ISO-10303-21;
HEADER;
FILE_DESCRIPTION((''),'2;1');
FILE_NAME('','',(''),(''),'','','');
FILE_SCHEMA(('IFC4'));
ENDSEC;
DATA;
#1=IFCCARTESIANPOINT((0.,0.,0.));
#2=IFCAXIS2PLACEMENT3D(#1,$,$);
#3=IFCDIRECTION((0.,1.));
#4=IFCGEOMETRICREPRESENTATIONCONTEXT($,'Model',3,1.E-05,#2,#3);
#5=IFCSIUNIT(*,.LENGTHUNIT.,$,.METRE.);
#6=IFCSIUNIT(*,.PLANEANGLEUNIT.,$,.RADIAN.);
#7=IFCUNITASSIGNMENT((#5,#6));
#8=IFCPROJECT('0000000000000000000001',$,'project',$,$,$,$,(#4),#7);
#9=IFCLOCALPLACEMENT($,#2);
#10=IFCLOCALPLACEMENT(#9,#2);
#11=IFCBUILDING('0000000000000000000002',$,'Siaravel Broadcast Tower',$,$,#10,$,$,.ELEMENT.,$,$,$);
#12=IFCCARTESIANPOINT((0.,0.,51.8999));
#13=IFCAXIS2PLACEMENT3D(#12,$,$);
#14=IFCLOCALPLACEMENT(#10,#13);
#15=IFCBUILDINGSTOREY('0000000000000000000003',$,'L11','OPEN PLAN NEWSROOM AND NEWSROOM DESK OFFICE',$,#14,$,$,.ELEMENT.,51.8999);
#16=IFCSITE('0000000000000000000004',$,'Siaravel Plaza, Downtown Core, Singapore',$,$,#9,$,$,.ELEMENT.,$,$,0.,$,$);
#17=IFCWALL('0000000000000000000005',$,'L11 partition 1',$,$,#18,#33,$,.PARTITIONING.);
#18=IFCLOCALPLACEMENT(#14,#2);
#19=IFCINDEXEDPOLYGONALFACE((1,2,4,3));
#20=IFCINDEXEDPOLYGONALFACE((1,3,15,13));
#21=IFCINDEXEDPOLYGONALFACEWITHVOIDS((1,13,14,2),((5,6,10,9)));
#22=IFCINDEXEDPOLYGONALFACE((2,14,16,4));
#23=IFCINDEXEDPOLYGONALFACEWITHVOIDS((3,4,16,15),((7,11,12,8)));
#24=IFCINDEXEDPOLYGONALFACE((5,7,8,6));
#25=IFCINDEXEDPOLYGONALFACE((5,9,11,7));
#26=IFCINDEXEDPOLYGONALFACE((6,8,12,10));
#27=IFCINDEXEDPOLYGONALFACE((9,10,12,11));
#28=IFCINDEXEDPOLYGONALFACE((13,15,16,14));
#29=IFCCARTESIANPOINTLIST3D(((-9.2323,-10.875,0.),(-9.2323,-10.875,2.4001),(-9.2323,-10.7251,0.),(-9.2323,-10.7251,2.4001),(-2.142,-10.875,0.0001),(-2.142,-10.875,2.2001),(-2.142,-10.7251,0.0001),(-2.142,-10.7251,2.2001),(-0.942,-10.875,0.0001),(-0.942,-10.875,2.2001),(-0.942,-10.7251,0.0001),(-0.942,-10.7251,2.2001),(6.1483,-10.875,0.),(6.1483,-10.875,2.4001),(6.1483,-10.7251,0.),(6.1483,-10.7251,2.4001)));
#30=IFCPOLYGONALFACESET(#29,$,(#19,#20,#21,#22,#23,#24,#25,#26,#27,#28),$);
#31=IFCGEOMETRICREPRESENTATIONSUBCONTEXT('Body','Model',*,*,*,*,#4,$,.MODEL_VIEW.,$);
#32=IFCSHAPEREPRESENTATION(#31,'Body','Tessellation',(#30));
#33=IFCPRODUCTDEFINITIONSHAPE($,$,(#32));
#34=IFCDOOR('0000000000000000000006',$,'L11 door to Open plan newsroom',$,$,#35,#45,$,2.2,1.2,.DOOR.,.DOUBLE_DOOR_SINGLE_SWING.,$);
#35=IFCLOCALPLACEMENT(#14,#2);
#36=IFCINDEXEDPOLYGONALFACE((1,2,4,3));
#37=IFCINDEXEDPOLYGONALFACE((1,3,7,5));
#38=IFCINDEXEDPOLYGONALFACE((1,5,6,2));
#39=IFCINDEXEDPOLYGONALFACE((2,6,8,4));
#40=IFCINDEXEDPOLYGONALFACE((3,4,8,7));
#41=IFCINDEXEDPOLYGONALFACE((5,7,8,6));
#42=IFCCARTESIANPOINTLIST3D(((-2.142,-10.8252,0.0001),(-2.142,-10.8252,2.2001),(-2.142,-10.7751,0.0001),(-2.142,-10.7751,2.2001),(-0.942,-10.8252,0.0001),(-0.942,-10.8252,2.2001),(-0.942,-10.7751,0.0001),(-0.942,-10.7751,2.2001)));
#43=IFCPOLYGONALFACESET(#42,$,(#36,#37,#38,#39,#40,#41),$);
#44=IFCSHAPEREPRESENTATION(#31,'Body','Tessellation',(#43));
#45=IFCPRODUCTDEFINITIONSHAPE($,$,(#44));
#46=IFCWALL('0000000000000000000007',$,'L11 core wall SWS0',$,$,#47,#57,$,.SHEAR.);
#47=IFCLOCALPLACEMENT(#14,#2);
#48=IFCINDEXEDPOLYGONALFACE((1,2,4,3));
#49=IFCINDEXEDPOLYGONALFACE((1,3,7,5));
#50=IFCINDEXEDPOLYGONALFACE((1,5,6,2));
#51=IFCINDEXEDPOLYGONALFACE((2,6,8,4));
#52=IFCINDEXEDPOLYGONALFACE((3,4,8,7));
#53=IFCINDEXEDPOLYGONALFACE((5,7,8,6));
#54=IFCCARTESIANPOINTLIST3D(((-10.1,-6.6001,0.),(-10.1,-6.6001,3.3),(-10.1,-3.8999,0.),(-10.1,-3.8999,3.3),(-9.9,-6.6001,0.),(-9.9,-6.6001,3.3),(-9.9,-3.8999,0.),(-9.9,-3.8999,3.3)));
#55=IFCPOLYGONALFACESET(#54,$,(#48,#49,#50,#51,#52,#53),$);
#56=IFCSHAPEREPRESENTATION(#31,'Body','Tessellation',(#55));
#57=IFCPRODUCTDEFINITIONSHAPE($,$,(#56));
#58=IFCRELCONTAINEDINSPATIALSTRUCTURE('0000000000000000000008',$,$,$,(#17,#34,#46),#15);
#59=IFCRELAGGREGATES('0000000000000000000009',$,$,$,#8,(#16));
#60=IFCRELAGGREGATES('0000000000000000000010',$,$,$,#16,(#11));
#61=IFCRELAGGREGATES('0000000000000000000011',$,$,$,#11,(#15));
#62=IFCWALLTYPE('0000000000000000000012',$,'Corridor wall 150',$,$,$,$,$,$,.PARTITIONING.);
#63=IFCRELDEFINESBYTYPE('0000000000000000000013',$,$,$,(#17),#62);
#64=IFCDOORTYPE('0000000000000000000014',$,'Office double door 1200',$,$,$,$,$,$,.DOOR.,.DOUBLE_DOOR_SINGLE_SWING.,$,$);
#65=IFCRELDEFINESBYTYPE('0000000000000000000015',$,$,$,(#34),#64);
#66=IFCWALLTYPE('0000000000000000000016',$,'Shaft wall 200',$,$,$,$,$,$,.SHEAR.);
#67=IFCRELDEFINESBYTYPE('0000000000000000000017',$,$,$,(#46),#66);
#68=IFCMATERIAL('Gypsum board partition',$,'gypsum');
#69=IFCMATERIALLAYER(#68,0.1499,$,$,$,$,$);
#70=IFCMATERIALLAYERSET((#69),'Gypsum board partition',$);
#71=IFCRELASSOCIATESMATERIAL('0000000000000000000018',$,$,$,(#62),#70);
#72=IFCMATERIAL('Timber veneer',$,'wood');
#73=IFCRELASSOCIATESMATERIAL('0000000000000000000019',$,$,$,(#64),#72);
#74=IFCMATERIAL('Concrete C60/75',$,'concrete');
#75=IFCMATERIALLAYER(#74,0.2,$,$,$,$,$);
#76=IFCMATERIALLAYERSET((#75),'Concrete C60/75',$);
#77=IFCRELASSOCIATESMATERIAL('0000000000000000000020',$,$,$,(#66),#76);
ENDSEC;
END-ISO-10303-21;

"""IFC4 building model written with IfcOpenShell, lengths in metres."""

from ifc_helpers import new_model, si_unit, direction, frame, frame_2d, origin, place, context, subcontext, project, spatial, rectangle, extrude, material, layer, layer_set, type_object, element, fill, save


model = new_model("IFC4")

# Units and contexts
model_context = context("Model", 3, precision=1e-05, world=origin(), true_north=direction((0.0, 1.0)))
body_context = subcontext(model_context, "Body", "Model", "MODEL_VIEW")
ifc_project = project(units=[si_unit("LENGTHUNIT", "METRE"), si_unit("PLANEANGLEUNIT", "RADIAN")], contexts=[model_context])

# Site, building, storey
site_placement = place(None, origin())
site = spatial("IfcSite", under=ifc_project, at=site_placement, Name="Siaravel Plaza, Downtown Core, Singapore", CompositionType="ELEMENT", RefElevation=0.0)
building_placement = place(site_placement, origin())
building = spatial("IfcBuilding", under=site, at=building_placement, Name="Siaravel Broadcast Tower", CompositionType="ELEMENT")
storey_placement = place(building_placement, frame((0.0, 0.0, 51.8999)))
storey = spatial("IfcBuildingStorey", under=building, at=storey_placement, Name="L11", Description="OPEN PLAN NEWSROOM AND NEWSROOM DESK OFFICE", CompositionType="ELEMENT", Elevation=51.8999)

# Shared definitions
ifc_material_1 = material(Name="Concrete C60/75", Category="concrete")

# Wall, opening, door
ifc_material_2 = material(Name="Gypsum board partition", Category="gypsum")
ifc_layer_1 = layer(ifc_material_2, 0.1499)
ifc_layer_set_1 = layer_set([ifc_layer_1], Name="Gypsum board partition")
wall_type_1 = type_object("IfcWallType", Name="Corridor wall 150", PredefinedType="PARTITIONING", material=ifc_layer_set_1)
wall_1_placement = place(storey_placement, frame((-9.2324, -10.8, 0.0), z_axis=(0.0, 0.0, 1.0), x_axis=(1.0, 0.0, 0.0)))
wall_1 = element("IfcWall", 1, at=wall_1_placement, inside=storey, type_object=wall_type_1, Name="L11 partition 1", PredefinedType="PARTITIONING", context=body_context, shape_type="SweptSolid", body=[
    extrude(rectangle(XDim=15.3806, YDim=0.1499, at=frame_2d((7.6904, 0.0))), origin(), (0.0, 0.0, 1.0), 2.4001),
])
opening_1_placement = place(wall_1_placement, frame((7.0903, 0.0, 0.0)))
opening_1 = element("IfcOpeningElement", 2, at=opening_1_placement, cuts=wall_1, PredefinedType="OPENING", context=body_context, shape_type="SweptSolid", body=[
    extrude(rectangle(XDim=1.2, YDim=2.2, at=frame_2d((0.6001, 1.1001))), frame((0.0, 0.085, 0.0), z_axis=(0.0, -1.0, 0.0), x_axis=(1.0, 0.0, 0.0)), (0.0, 0.0, 1.0), 0.1699),
])
ifc_material_3 = material(Name="Timber veneer", Category="wood")
door_type_1 = type_object("IfcDoorType", Name="Office double door 1200", OperationType="DOUBLE_DOOR_SINGLE_SWING", PredefinedType="DOOR", material=ifc_material_3)
door_1_placement = place(opening_1_placement, origin())
door_1 = element("IfcDoor", 3, at=door_1_placement, inside=storey, type_object=door_type_1, Name="L11 door to Open plan newsroom", OperationType="DOUBLE_DOOR_SINGLE_SWING", OverallHeight=2.2, OverallWidth=1.2, PredefinedType="DOOR", context=body_context, shape_type="SweptSolid", body=[
    extrude(rectangle(XDim=1.2, YDim=2.2, at=frame_2d((0.6001, 1.1001))), frame((0.0, 0.0249, 0.0), z_axis=(0.0, -1.0, 0.0), x_axis=(1.0, 0.0, 0.0)), (0.0, 0.0, 1.0), 0.05),
])
fill(opening_1, door_1)

# Wall
ifc_layer_2 = layer(ifc_material_1, 0.2)
ifc_layer_set_2 = layer_set([ifc_layer_2], Name="Concrete C60/75")
wall_type_2 = type_object("IfcWallType", Name="Shaft wall 200", PredefinedType="SHEAR", material=ifc_layer_set_2)
wall_2_placement = place(storey_placement, frame((-10.0, -6.6001, 0.0), z_axis=(0.0, 0.0, 1.0), x_axis=(0.0, 1.0, 0.0)))
element("IfcWall", 4, at=wall_2_placement, inside=storey, type_object=wall_type_2, Name="L11 core wall SWS0", PredefinedType="SHEAR", context=body_context, shape_type="SweptSolid", body=[
    extrude(rectangle(XDim=2.7002, YDim=0.2, at=frame_2d((1.3501, 0.0))), origin(), (0.0, 0.0, 1.0), 3.3),
])

save(model, "model.ifc")
